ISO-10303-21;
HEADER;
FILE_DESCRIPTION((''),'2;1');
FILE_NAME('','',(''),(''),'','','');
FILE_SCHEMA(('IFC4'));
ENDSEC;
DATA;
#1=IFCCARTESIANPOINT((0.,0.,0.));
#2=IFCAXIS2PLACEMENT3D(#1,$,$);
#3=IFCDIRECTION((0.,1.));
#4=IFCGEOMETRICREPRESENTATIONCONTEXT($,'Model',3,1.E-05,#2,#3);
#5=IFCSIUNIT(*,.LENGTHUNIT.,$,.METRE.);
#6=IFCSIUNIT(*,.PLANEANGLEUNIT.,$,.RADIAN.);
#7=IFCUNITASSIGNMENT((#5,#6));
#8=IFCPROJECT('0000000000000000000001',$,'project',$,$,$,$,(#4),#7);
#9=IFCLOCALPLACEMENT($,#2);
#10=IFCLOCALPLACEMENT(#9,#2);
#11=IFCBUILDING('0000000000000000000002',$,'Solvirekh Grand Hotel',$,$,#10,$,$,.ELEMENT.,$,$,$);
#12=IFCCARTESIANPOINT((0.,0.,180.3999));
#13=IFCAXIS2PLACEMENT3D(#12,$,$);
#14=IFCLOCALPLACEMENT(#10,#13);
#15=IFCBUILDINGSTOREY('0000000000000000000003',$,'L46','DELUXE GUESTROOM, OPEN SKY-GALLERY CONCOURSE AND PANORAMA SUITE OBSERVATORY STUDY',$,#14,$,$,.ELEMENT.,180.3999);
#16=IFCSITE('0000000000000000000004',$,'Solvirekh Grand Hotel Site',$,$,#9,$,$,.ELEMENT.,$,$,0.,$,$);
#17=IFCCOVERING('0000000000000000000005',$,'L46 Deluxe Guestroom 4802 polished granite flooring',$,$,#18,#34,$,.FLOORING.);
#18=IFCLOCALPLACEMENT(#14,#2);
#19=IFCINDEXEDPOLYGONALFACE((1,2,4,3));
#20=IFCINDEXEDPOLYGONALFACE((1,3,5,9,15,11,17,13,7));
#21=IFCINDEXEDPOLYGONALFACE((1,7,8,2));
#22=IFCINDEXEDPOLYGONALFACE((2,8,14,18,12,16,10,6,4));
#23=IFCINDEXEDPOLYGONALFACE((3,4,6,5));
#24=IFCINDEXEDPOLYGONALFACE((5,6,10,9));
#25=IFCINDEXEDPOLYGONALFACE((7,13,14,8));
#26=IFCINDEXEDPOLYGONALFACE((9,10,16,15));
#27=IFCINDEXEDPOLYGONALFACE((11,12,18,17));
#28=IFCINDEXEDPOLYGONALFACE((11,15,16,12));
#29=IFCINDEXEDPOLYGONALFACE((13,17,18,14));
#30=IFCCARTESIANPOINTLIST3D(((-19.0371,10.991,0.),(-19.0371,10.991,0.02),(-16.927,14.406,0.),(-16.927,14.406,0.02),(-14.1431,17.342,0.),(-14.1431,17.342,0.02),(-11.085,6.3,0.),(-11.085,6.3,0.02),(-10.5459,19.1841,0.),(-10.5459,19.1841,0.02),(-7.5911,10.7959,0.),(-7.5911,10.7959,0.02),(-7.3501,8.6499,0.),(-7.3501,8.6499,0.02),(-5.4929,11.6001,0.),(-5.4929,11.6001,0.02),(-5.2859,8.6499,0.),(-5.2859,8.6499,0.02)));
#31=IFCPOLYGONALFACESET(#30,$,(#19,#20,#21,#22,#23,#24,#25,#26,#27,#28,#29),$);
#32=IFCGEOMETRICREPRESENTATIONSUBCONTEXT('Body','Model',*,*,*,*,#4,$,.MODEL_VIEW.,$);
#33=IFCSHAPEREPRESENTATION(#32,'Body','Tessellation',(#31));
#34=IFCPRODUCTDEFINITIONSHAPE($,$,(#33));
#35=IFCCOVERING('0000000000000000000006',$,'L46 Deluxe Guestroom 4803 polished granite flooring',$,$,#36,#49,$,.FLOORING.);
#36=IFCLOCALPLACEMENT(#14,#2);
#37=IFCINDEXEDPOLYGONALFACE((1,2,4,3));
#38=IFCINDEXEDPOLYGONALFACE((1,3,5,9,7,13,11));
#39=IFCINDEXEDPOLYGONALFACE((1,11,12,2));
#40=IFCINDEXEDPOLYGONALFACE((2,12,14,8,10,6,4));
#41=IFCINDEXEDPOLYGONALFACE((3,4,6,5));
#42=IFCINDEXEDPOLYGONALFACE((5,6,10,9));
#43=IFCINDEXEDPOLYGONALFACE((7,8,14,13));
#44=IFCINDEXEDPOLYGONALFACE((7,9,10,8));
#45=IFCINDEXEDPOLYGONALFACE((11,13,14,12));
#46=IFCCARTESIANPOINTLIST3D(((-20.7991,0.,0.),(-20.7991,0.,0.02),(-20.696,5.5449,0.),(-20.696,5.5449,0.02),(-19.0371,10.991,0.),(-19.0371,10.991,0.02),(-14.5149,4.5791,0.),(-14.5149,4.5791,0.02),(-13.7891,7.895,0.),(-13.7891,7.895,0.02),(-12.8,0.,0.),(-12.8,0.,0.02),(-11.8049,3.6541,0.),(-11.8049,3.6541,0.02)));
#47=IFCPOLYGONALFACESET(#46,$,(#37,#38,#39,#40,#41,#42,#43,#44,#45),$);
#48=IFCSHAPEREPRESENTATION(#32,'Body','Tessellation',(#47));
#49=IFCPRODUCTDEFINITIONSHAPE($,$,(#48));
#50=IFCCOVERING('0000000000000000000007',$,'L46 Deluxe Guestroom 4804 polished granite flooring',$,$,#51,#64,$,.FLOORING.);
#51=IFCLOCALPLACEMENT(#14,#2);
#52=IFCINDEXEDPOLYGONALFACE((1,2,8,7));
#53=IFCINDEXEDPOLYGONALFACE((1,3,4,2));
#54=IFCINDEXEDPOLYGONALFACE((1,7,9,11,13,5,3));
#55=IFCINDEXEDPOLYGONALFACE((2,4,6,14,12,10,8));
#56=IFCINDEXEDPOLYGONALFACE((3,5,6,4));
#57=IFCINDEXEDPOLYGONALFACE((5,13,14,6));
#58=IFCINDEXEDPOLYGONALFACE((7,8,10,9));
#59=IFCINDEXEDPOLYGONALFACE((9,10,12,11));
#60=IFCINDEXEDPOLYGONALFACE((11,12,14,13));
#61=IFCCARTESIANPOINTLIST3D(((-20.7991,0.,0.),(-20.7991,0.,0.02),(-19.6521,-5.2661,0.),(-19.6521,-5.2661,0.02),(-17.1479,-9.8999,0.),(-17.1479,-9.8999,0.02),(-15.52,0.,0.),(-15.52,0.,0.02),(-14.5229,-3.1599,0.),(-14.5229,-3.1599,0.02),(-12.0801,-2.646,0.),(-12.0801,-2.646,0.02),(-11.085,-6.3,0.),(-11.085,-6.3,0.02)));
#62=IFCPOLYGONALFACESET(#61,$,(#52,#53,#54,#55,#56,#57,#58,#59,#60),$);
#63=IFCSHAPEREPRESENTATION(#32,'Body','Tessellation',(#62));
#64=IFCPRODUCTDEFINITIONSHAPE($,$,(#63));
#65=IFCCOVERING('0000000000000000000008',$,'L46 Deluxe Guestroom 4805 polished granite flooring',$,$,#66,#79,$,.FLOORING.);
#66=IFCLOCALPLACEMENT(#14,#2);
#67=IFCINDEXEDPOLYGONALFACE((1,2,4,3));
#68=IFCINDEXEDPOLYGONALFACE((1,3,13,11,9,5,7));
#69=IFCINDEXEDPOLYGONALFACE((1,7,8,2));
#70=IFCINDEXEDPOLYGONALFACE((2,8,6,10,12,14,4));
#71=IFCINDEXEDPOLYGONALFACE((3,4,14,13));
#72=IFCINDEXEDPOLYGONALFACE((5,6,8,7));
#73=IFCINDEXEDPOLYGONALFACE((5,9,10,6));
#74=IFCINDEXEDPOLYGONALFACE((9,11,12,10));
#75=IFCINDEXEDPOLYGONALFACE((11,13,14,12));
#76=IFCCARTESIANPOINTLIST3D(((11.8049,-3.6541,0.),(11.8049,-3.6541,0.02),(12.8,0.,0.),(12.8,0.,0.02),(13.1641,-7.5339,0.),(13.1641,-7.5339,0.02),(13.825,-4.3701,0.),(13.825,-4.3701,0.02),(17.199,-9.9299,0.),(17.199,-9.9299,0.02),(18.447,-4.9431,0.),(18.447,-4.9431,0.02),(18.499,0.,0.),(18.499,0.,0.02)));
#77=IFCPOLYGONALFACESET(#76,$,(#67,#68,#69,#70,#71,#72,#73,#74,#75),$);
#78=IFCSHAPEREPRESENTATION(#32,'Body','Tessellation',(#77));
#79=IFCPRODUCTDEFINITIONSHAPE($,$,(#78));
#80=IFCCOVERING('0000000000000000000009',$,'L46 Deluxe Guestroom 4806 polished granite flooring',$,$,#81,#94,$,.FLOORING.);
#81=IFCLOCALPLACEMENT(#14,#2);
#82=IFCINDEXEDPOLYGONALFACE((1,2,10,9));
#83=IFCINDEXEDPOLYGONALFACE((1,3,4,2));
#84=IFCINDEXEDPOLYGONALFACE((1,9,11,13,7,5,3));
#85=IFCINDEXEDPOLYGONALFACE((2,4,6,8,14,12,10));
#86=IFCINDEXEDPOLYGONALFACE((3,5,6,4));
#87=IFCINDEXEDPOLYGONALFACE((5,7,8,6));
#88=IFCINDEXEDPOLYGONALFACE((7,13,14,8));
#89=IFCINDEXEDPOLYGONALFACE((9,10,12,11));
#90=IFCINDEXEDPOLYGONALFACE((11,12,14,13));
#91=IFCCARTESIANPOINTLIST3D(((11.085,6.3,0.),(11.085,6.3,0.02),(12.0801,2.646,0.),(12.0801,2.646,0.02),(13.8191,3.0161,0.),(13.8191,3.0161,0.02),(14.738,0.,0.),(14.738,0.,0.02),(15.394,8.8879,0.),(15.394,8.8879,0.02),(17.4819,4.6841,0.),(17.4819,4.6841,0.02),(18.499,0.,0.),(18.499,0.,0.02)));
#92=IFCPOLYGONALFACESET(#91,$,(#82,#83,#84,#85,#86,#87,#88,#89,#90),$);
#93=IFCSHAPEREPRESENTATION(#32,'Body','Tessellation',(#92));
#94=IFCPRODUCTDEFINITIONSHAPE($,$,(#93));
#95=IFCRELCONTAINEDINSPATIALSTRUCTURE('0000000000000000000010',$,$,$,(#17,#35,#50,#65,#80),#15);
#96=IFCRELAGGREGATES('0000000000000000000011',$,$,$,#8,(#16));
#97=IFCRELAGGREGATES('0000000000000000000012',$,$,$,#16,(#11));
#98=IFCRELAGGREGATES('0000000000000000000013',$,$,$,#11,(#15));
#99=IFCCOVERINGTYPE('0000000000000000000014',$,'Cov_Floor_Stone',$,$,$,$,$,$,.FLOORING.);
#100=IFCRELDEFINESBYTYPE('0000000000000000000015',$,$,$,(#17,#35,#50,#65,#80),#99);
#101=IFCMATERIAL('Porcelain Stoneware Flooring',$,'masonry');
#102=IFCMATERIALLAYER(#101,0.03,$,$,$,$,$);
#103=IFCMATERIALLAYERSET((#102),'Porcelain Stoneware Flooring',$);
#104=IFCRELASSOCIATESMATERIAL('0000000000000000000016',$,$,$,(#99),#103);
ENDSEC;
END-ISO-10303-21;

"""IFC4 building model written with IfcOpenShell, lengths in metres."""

from ifc_helpers import new_model, si_unit, direction, frame, origin, place, context, subcontext, project, spatial, polyline, outline, extrude, material, layer, layer_set, type_object, element, save


model = new_model("IFC4")

# Units and contexts
model_context = context("Model", 3, precision=1e-05, world=origin(), true_north=direction((0.0, 1.0)))
body_context = subcontext(model_context, "Body", "Model", "MODEL_VIEW")
ifc_project = project(units=[si_unit("LENGTHUNIT", "METRE"), si_unit("PLANEANGLEUNIT", "RADIAN")], contexts=[model_context])

# Site, building, storey
site_placement = place(None, origin())
site = spatial("IfcSite", under=ifc_project, at=site_placement, Name="Solvirekh Grand Hotel Site", CompositionType="ELEMENT", RefElevation=0.0)
building_placement = place(site_placement, origin())
building = spatial("IfcBuilding", under=site, at=building_placement, Name="Solvirekh Grand Hotel", CompositionType="ELEMENT")
storey_placement = place(building_placement, frame((0.0, 0.0, 180.3999)))
storey = spatial("IfcBuildingStorey", under=building, at=storey_placement, Name="L46", Description="DELUXE GUESTROOM, OPEN SKY-GALLERY CONCOURSE AND PANORAMA SUITE OBSERVATORY STUDY", CompositionType="ELEMENT", Elevation=180.3999)

# Coverings
ifc_material_1 = material(Name="Porcelain Stoneware Flooring", Category="masonry")
ifc_layer_1 = layer(ifc_material_1, 0.03)
ifc_layer_set_1 = layer_set([ifc_layer_1], Name="Porcelain Stoneware Flooring")
covering_type_1 = type_object("IfcCoveringType", Name="Cov_Floor_Stone", PredefinedType="FLOORING", material=ifc_layer_set_1)
covering_1_placement = place(storey_placement, origin())
element("IfcCovering", 1, at=covering_1_placement, inside=storey, type_object=covering_type_1, Name="L46 Deluxe Guestroom 4802 polished granite flooring", PredefinedType="FLOORING", context=body_context, shape_type="SweptSolid", body=[
    extrude(outline(polyline([(-5.2859, 8.6499), (-7.5911, 10.7959), (-5.4929, 11.6001), (-10.5459, 19.1841), (-14.1431, 17.342), (-16.927, 14.406), (-19.0371, 10.991), (-11.085, 6.3), (-7.3501, 8.6499), (-5.2859, 8.6499)])), origin(), (0.0, 0.0, 1.0), 0.02),
])
covering_2_placement = place(storey_placement, origin())
element("IfcCovering", 2, at=covering_2_placement, inside=storey, type_object=covering_type_1, Name="L46 Deluxe Guestroom 4803 polished granite flooring", PredefinedType="FLOORING", context=body_context, shape_type="SweptSolid", body=[
    extrude(outline(polyline([(-14.5149, 4.5791), (-13.7891, 7.895), (-19.0371, 10.991), (-20.696, 5.5449), (-20.7991, 0.0), (-12.8, 0.0), (-11.8049, 3.6541), (-14.5149, 4.5791)])), origin(), (0.0, 0.0, 1.0), 0.02),
])
covering_3_placement = place(storey_placement, origin())
element("IfcCovering", 3, at=covering_3_placement, inside=storey, type_object=covering_type_1, Name="L46 Deluxe Guestroom 4804 polished granite flooring", PredefinedType="FLOORING", context=body_context, shape_type="SweptSolid", body=[
    extrude(outline(polyline([(-14.5229, -3.1599), (-15.52, 0.0), (-20.7991, 0.0), (-19.6521, -5.2661), (-17.1479, -9.8999), (-11.085, -6.3), (-12.0801, -2.646), (-14.5229, -3.1599)])), origin(), (0.0, 0.0, 1.0), 0.02),
])
covering_4_placement = place(storey_placement, origin())
element("IfcCovering", 4, at=covering_4_placement, inside=storey, type_object=covering_type_1, Name="L46 Deluxe Guestroom 4805 polished granite flooring", PredefinedType="FLOORING", context=body_context, shape_type="SweptSolid", body=[
    extrude(outline(polyline([(13.825, -4.3701), (13.1641, -7.5339), (17.199, -9.9299), (18.447, -4.9431), (18.499, 0.0), (12.8, 0.0), (11.8049, -3.6541), (13.825, -4.3701)])), origin(), (0.0, 0.0, 1.0), 0.02),
])
covering_5_placement = place(storey_placement, origin())
element("IfcCovering", 5, at=covering_5_placement, inside=storey, type_object=covering_type_1, Name="L46 Deluxe Guestroom 4806 polished granite flooring", PredefinedType="FLOORING", context=body_context, shape_type="SweptSolid", body=[
    extrude(outline(polyline([(13.8191, 3.0161), (14.738, 0.0), (18.499, 0.0), (17.4819, 4.6841), (15.394, 8.8879), (11.085, 6.3), (12.0801, 2.646), (13.8191, 3.0161)])), origin(), (0.0, 0.0, 1.0), 0.02),
])

save(model, "model.ifc")
